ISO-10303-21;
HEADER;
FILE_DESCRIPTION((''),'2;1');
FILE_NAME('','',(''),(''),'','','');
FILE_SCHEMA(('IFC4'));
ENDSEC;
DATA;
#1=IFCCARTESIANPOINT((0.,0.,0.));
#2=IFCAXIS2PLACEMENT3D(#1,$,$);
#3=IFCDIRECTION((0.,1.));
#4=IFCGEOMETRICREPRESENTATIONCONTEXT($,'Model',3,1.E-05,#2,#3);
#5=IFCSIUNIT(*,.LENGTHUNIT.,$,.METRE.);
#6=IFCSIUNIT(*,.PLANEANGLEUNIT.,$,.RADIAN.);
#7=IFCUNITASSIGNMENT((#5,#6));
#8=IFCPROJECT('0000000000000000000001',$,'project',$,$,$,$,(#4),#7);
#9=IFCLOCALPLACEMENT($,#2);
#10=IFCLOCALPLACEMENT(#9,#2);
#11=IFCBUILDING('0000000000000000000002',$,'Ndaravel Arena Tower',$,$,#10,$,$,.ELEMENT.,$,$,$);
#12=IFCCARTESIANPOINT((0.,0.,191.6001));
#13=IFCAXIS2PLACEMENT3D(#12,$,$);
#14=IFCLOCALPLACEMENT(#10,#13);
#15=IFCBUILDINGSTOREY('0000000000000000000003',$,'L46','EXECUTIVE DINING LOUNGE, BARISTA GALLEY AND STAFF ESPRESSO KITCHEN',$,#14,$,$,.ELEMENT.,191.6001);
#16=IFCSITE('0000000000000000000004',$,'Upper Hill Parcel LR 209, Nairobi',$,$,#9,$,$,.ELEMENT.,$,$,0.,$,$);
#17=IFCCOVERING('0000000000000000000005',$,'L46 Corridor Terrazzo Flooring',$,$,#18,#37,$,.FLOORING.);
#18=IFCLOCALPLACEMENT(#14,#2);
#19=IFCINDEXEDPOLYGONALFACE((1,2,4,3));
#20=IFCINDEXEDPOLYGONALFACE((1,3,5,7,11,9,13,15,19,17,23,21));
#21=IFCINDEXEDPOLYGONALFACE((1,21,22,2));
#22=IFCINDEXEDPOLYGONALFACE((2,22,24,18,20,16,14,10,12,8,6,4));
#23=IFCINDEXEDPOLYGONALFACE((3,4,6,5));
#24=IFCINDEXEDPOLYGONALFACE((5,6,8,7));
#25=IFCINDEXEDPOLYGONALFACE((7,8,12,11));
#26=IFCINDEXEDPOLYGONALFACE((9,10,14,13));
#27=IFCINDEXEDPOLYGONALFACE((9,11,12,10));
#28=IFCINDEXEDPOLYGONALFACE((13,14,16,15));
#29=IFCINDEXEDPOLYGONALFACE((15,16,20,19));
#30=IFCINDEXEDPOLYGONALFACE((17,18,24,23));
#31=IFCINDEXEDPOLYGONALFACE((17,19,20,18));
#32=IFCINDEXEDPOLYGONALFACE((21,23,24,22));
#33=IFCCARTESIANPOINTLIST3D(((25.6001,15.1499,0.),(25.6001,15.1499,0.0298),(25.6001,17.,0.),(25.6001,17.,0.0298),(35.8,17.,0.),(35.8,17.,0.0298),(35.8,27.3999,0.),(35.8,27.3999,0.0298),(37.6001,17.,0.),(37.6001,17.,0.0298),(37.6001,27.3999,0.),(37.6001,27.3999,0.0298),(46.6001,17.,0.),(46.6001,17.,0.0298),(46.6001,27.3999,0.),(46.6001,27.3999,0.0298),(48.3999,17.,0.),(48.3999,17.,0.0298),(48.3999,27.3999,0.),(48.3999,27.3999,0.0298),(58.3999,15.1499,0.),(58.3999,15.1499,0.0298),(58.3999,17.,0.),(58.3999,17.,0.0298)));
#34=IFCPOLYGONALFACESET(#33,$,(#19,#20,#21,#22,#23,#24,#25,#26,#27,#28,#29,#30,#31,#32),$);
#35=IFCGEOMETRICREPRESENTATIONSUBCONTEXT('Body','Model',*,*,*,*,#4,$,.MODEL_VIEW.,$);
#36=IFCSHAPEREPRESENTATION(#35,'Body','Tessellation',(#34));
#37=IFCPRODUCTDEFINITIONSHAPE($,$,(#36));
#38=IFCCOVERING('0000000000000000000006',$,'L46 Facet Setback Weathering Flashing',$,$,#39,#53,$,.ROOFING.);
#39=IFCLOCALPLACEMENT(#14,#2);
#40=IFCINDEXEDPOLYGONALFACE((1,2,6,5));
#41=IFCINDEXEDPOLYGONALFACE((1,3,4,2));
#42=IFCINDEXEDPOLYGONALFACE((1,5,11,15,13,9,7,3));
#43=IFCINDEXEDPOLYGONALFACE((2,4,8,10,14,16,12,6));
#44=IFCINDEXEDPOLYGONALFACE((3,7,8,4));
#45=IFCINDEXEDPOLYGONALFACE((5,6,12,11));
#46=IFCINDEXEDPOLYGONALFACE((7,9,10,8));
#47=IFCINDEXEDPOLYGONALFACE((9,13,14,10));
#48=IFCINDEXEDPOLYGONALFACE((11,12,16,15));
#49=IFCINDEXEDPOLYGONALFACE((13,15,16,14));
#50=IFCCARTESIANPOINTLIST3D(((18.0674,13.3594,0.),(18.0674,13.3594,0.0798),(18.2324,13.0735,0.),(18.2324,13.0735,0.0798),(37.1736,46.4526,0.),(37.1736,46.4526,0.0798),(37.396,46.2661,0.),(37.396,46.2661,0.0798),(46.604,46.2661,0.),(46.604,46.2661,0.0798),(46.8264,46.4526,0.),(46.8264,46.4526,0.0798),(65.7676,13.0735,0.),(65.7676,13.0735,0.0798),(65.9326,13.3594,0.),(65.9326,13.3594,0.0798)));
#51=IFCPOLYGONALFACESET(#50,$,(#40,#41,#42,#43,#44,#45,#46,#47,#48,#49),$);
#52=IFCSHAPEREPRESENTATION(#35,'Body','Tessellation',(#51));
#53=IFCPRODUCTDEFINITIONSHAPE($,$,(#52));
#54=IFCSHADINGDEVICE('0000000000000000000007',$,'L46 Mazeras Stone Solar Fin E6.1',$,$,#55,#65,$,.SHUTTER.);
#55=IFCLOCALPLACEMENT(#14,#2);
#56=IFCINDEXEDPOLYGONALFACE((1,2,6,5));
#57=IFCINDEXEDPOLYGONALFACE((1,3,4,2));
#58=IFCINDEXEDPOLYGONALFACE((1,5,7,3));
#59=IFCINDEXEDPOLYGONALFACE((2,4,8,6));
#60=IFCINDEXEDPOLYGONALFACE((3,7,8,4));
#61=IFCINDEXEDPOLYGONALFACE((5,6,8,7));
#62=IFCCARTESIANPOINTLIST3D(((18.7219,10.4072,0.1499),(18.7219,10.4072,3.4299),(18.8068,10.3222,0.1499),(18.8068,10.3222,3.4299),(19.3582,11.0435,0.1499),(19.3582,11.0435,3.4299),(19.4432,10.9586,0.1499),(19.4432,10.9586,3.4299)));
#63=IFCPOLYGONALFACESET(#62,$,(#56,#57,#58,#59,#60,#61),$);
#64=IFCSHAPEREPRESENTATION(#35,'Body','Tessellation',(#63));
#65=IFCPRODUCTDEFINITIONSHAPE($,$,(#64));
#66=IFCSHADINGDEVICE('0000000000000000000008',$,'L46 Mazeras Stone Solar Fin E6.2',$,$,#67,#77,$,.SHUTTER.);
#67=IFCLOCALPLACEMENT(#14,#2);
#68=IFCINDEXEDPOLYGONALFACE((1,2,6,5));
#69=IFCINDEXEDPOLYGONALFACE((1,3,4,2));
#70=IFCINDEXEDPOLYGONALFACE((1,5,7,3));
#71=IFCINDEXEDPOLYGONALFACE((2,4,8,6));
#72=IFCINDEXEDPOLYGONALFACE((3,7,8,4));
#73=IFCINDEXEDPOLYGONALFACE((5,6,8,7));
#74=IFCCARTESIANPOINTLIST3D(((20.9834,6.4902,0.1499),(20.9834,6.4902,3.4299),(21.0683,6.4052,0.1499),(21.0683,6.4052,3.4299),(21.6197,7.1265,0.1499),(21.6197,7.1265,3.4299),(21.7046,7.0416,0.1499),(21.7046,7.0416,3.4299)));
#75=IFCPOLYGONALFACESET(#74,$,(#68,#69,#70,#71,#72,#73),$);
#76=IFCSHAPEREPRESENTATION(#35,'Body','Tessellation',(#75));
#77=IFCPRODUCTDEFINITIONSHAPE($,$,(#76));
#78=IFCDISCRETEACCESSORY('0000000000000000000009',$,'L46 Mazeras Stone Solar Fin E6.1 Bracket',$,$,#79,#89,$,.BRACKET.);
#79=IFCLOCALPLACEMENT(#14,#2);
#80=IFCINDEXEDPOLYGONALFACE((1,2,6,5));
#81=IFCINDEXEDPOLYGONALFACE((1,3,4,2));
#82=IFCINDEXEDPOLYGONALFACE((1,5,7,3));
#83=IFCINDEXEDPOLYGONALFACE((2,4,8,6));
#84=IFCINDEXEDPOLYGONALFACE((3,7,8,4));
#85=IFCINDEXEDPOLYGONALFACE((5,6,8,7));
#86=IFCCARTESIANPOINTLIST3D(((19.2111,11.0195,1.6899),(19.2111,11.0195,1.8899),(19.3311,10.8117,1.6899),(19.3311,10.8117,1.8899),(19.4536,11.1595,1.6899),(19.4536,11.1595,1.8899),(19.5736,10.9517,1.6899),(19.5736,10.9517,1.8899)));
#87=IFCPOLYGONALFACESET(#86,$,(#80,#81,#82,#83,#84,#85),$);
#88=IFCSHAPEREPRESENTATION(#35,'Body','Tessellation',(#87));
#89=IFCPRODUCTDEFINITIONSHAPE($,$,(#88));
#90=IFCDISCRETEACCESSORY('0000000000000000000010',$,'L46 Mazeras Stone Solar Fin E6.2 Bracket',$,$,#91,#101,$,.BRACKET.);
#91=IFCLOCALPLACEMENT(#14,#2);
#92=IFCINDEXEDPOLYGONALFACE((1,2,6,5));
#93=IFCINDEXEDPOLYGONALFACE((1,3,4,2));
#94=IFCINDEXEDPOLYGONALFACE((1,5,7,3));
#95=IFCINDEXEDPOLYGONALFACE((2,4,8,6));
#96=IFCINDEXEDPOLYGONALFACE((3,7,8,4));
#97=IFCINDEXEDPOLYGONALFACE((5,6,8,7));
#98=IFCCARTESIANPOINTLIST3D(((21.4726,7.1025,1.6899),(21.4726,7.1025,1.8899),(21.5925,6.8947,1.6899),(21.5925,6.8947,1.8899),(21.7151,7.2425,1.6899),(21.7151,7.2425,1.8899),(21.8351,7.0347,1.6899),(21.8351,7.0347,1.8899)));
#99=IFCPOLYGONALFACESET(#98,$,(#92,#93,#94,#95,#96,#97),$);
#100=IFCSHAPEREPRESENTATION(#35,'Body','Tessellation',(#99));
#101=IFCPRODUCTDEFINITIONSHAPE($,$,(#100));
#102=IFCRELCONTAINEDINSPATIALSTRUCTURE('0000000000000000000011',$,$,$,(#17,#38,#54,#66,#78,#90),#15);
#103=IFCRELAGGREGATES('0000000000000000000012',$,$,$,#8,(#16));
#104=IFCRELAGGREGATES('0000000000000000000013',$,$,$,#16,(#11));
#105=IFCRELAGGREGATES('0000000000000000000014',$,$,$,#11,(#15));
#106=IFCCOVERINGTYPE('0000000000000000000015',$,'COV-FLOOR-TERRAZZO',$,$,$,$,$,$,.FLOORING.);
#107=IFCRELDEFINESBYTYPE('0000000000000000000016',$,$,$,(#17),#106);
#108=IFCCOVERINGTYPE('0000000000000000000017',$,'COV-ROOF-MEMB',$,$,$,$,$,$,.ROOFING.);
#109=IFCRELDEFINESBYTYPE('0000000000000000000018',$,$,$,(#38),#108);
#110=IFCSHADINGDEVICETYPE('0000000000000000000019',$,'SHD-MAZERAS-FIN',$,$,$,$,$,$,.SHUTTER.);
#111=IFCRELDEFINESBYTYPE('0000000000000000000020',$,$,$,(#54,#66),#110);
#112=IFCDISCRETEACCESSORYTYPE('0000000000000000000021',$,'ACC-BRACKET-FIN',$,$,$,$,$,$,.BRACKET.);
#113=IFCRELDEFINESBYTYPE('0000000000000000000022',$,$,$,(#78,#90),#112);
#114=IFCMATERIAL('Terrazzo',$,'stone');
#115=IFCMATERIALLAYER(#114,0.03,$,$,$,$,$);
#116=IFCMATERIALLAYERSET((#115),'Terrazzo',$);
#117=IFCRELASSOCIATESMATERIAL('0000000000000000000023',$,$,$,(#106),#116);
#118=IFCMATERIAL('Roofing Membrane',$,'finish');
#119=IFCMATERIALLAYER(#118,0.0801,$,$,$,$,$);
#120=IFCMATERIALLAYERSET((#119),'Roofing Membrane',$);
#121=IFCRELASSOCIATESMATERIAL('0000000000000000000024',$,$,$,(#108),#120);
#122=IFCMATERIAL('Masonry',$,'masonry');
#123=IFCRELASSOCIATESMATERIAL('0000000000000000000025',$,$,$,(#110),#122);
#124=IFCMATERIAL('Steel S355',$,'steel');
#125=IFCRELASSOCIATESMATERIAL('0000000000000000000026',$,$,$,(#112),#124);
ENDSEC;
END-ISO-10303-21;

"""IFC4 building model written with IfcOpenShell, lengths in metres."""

from ifc_helpers import new_model, si_unit, direction, frame, origin, origin_2d, place, context, subcontext, project, spatial, polyline, rectangle, outline, extrude, material, layer, layer_set, type_object, element, save


model = new_model("IFC4")

# Units and contexts
model_context = context("Model", 3, precision=1e-05, world=origin(), true_north=direction((0.0, 1.0)))
body_context = subcontext(model_context, "Body", "Model", "MODEL_VIEW")
ifc_project = project(units=[si_unit("LENGTHUNIT", "METRE"), si_unit("PLANEANGLEUNIT", "RADIAN")], contexts=[model_context])

# Site, building, storey
site_placement = place(None, origin())
site = spatial("IfcSite", under=ifc_project, at=site_placement, Name="Upper Hill Parcel LR 209, Nairobi", CompositionType="ELEMENT", RefElevation=0.0)
building_placement = place(site_placement, origin())
building = spatial("IfcBuilding", under=site, at=building_placement, Name="Ndaravel Arena Tower", CompositionType="ELEMENT")
storey_placement = place(building_placement, frame((0.0, 0.0, 191.6001)))
storey = spatial("IfcBuildingStorey", under=building, at=storey_placement, Name="L46", Description="EXECUTIVE DINING LOUNGE, BARISTA GALLEY AND STAFF ESPRESSO KITCHEN", CompositionType="ELEMENT", Elevation=191.6001)

# Coverings
ifc_material_1 = material(Name="Terrazzo", Category="stone")
ifc_layer_1 = layer(ifc_material_1, 0.03)
ifc_layer_set_1 = layer_set([ifc_layer_1], Name="Terrazzo")
covering_type_1 = type_object("IfcCoveringType", Name="COV-FLOOR-TERRAZZO", PredefinedType="FLOORING", material=ifc_layer_set_1)
covering_1_placement = place(storey_placement, origin())
element("IfcCovering", 1, at=covering_1_placement, inside=storey, type_object=covering_type_1, Name="L46 Corridor Terrazzo Flooring", PredefinedType="FLOORING", context=body_context, shape_type="SweptSolid", body=[
    extrude(outline(polyline([(58.3999, 17.0), (48.3999, 17.0), (48.3999, 27.3999), (46.6001, 27.3999), (46.6001, 17.0), (37.6001, 17.0), (37.6001, 27.3999), (35.8, 27.3999), (35.8, 17.0), (25.6001, 17.0), (25.6001, 15.1499), (58.3999, 15.1499), (58.3999, 17.0)])), origin(), (0.0, 0.0, 1.0), 0.0298),
])
ifc_material_2 = material(Name="Roofing Membrane", Category="finish")
ifc_layer_2 = layer(ifc_material_2, 0.0801)
ifc_layer_set_2 = layer_set([ifc_layer_2], Name="Roofing Membrane")
covering_type_2 = type_object("IfcCoveringType", Name="COV-ROOF-MEMB", PredefinedType="ROOFING", material=ifc_layer_set_2)
covering_2_placement = place(storey_placement, origin())
element("IfcCovering", 2, at=covering_2_placement, inside=storey, type_object=covering_type_2, Name="L46 Facet Setback Weathering Flashing", PredefinedType="ROOFING", context=body_context, shape_type="SweptSolid", body=[
    extrude(outline(polyline([(18.0674, 13.3594), (37.1736, 46.4526), (46.8264, 46.4526), (65.9326, 13.3594), (65.7676, 13.0735), (46.604, 46.2661), (37.396, 46.2661), (18.2324, 13.0735), (18.0674, 13.3594)])), origin(), (0.0, 0.0, 1.0), 0.0798),
])

# Shading devices
ifc_material_3 = material(Name="Masonry", Category="masonry")
shading_device_type = type_object("IfcShadingDeviceType", Name="SHD-MAZERAS-FIN", PredefinedType="SHUTTER", material=ifc_material_3)
for number, where, z_axis, x_axis, name in (
    (3, (19.0825, 10.6829, 0.1499), (0.0, 0.0, 1.0), (-0.707107, -0.707107, 0.0), "L46 Mazeras Stone Solar Fin E6.1"),
    (4, (21.344, 6.7659, 0.1499), (0.0, 0.0, 1.0), (-0.707107, -0.707107, 0.0), "L46 Mazeras Stone Solar Fin E6.2"),
):
    element("IfcShadingDevice", number, at=place(storey_placement, frame(where, z_axis=z_axis, x_axis=x_axis)), inside=storey, type_object=shading_device_type, Name=name, PredefinedType="SHUTTER", context=body_context, shape_type="SweptSolid", body=[
        extrude(rectangle(XDim=0.8999, YDim=0.1201, at=origin_2d()), origin(), (0.0, 0.0, 1.0), 3.28),
    ])

# Discrete accessories
ifc_material_4 = material(Name="Steel S355", Category="steel")
discrete_accessory_type = type_object("IfcDiscreteAccessoryType", Name="ACC-BRACKET-FIN", PredefinedType="BRACKET", material=ifc_material_4)
for number, where, z_axis, x_axis, name in (
    (5, (19.3923, 10.9856, 1.6899), (0.0, 0.0, 1.0), (-0.866025, -0.5, 0.0), "L46 Mazeras Stone Solar Fin E6.1 Bracket"),
    (6, (21.6538, 7.0686, 1.6899), (0.0, 0.0, 1.0), (-0.866025, -0.5, 0.0), "L46 Mazeras Stone Solar Fin E6.2 Bracket"),
):
    element("IfcDiscreteAccessory", number, at=place(storey_placement, frame(where, z_axis=z_axis, x_axis=x_axis)), inside=storey, type_object=discrete_accessory_type, Name=name, PredefinedType="BRACKET", context=body_context, shape_type="SweptSolid", body=[
        extrude(rectangle(XDim=0.28, YDim=0.24, at=origin_2d()), origin(), (0.0, 0.0, 1.0), 0.2),
    ])

save(model, "model.ifc")
